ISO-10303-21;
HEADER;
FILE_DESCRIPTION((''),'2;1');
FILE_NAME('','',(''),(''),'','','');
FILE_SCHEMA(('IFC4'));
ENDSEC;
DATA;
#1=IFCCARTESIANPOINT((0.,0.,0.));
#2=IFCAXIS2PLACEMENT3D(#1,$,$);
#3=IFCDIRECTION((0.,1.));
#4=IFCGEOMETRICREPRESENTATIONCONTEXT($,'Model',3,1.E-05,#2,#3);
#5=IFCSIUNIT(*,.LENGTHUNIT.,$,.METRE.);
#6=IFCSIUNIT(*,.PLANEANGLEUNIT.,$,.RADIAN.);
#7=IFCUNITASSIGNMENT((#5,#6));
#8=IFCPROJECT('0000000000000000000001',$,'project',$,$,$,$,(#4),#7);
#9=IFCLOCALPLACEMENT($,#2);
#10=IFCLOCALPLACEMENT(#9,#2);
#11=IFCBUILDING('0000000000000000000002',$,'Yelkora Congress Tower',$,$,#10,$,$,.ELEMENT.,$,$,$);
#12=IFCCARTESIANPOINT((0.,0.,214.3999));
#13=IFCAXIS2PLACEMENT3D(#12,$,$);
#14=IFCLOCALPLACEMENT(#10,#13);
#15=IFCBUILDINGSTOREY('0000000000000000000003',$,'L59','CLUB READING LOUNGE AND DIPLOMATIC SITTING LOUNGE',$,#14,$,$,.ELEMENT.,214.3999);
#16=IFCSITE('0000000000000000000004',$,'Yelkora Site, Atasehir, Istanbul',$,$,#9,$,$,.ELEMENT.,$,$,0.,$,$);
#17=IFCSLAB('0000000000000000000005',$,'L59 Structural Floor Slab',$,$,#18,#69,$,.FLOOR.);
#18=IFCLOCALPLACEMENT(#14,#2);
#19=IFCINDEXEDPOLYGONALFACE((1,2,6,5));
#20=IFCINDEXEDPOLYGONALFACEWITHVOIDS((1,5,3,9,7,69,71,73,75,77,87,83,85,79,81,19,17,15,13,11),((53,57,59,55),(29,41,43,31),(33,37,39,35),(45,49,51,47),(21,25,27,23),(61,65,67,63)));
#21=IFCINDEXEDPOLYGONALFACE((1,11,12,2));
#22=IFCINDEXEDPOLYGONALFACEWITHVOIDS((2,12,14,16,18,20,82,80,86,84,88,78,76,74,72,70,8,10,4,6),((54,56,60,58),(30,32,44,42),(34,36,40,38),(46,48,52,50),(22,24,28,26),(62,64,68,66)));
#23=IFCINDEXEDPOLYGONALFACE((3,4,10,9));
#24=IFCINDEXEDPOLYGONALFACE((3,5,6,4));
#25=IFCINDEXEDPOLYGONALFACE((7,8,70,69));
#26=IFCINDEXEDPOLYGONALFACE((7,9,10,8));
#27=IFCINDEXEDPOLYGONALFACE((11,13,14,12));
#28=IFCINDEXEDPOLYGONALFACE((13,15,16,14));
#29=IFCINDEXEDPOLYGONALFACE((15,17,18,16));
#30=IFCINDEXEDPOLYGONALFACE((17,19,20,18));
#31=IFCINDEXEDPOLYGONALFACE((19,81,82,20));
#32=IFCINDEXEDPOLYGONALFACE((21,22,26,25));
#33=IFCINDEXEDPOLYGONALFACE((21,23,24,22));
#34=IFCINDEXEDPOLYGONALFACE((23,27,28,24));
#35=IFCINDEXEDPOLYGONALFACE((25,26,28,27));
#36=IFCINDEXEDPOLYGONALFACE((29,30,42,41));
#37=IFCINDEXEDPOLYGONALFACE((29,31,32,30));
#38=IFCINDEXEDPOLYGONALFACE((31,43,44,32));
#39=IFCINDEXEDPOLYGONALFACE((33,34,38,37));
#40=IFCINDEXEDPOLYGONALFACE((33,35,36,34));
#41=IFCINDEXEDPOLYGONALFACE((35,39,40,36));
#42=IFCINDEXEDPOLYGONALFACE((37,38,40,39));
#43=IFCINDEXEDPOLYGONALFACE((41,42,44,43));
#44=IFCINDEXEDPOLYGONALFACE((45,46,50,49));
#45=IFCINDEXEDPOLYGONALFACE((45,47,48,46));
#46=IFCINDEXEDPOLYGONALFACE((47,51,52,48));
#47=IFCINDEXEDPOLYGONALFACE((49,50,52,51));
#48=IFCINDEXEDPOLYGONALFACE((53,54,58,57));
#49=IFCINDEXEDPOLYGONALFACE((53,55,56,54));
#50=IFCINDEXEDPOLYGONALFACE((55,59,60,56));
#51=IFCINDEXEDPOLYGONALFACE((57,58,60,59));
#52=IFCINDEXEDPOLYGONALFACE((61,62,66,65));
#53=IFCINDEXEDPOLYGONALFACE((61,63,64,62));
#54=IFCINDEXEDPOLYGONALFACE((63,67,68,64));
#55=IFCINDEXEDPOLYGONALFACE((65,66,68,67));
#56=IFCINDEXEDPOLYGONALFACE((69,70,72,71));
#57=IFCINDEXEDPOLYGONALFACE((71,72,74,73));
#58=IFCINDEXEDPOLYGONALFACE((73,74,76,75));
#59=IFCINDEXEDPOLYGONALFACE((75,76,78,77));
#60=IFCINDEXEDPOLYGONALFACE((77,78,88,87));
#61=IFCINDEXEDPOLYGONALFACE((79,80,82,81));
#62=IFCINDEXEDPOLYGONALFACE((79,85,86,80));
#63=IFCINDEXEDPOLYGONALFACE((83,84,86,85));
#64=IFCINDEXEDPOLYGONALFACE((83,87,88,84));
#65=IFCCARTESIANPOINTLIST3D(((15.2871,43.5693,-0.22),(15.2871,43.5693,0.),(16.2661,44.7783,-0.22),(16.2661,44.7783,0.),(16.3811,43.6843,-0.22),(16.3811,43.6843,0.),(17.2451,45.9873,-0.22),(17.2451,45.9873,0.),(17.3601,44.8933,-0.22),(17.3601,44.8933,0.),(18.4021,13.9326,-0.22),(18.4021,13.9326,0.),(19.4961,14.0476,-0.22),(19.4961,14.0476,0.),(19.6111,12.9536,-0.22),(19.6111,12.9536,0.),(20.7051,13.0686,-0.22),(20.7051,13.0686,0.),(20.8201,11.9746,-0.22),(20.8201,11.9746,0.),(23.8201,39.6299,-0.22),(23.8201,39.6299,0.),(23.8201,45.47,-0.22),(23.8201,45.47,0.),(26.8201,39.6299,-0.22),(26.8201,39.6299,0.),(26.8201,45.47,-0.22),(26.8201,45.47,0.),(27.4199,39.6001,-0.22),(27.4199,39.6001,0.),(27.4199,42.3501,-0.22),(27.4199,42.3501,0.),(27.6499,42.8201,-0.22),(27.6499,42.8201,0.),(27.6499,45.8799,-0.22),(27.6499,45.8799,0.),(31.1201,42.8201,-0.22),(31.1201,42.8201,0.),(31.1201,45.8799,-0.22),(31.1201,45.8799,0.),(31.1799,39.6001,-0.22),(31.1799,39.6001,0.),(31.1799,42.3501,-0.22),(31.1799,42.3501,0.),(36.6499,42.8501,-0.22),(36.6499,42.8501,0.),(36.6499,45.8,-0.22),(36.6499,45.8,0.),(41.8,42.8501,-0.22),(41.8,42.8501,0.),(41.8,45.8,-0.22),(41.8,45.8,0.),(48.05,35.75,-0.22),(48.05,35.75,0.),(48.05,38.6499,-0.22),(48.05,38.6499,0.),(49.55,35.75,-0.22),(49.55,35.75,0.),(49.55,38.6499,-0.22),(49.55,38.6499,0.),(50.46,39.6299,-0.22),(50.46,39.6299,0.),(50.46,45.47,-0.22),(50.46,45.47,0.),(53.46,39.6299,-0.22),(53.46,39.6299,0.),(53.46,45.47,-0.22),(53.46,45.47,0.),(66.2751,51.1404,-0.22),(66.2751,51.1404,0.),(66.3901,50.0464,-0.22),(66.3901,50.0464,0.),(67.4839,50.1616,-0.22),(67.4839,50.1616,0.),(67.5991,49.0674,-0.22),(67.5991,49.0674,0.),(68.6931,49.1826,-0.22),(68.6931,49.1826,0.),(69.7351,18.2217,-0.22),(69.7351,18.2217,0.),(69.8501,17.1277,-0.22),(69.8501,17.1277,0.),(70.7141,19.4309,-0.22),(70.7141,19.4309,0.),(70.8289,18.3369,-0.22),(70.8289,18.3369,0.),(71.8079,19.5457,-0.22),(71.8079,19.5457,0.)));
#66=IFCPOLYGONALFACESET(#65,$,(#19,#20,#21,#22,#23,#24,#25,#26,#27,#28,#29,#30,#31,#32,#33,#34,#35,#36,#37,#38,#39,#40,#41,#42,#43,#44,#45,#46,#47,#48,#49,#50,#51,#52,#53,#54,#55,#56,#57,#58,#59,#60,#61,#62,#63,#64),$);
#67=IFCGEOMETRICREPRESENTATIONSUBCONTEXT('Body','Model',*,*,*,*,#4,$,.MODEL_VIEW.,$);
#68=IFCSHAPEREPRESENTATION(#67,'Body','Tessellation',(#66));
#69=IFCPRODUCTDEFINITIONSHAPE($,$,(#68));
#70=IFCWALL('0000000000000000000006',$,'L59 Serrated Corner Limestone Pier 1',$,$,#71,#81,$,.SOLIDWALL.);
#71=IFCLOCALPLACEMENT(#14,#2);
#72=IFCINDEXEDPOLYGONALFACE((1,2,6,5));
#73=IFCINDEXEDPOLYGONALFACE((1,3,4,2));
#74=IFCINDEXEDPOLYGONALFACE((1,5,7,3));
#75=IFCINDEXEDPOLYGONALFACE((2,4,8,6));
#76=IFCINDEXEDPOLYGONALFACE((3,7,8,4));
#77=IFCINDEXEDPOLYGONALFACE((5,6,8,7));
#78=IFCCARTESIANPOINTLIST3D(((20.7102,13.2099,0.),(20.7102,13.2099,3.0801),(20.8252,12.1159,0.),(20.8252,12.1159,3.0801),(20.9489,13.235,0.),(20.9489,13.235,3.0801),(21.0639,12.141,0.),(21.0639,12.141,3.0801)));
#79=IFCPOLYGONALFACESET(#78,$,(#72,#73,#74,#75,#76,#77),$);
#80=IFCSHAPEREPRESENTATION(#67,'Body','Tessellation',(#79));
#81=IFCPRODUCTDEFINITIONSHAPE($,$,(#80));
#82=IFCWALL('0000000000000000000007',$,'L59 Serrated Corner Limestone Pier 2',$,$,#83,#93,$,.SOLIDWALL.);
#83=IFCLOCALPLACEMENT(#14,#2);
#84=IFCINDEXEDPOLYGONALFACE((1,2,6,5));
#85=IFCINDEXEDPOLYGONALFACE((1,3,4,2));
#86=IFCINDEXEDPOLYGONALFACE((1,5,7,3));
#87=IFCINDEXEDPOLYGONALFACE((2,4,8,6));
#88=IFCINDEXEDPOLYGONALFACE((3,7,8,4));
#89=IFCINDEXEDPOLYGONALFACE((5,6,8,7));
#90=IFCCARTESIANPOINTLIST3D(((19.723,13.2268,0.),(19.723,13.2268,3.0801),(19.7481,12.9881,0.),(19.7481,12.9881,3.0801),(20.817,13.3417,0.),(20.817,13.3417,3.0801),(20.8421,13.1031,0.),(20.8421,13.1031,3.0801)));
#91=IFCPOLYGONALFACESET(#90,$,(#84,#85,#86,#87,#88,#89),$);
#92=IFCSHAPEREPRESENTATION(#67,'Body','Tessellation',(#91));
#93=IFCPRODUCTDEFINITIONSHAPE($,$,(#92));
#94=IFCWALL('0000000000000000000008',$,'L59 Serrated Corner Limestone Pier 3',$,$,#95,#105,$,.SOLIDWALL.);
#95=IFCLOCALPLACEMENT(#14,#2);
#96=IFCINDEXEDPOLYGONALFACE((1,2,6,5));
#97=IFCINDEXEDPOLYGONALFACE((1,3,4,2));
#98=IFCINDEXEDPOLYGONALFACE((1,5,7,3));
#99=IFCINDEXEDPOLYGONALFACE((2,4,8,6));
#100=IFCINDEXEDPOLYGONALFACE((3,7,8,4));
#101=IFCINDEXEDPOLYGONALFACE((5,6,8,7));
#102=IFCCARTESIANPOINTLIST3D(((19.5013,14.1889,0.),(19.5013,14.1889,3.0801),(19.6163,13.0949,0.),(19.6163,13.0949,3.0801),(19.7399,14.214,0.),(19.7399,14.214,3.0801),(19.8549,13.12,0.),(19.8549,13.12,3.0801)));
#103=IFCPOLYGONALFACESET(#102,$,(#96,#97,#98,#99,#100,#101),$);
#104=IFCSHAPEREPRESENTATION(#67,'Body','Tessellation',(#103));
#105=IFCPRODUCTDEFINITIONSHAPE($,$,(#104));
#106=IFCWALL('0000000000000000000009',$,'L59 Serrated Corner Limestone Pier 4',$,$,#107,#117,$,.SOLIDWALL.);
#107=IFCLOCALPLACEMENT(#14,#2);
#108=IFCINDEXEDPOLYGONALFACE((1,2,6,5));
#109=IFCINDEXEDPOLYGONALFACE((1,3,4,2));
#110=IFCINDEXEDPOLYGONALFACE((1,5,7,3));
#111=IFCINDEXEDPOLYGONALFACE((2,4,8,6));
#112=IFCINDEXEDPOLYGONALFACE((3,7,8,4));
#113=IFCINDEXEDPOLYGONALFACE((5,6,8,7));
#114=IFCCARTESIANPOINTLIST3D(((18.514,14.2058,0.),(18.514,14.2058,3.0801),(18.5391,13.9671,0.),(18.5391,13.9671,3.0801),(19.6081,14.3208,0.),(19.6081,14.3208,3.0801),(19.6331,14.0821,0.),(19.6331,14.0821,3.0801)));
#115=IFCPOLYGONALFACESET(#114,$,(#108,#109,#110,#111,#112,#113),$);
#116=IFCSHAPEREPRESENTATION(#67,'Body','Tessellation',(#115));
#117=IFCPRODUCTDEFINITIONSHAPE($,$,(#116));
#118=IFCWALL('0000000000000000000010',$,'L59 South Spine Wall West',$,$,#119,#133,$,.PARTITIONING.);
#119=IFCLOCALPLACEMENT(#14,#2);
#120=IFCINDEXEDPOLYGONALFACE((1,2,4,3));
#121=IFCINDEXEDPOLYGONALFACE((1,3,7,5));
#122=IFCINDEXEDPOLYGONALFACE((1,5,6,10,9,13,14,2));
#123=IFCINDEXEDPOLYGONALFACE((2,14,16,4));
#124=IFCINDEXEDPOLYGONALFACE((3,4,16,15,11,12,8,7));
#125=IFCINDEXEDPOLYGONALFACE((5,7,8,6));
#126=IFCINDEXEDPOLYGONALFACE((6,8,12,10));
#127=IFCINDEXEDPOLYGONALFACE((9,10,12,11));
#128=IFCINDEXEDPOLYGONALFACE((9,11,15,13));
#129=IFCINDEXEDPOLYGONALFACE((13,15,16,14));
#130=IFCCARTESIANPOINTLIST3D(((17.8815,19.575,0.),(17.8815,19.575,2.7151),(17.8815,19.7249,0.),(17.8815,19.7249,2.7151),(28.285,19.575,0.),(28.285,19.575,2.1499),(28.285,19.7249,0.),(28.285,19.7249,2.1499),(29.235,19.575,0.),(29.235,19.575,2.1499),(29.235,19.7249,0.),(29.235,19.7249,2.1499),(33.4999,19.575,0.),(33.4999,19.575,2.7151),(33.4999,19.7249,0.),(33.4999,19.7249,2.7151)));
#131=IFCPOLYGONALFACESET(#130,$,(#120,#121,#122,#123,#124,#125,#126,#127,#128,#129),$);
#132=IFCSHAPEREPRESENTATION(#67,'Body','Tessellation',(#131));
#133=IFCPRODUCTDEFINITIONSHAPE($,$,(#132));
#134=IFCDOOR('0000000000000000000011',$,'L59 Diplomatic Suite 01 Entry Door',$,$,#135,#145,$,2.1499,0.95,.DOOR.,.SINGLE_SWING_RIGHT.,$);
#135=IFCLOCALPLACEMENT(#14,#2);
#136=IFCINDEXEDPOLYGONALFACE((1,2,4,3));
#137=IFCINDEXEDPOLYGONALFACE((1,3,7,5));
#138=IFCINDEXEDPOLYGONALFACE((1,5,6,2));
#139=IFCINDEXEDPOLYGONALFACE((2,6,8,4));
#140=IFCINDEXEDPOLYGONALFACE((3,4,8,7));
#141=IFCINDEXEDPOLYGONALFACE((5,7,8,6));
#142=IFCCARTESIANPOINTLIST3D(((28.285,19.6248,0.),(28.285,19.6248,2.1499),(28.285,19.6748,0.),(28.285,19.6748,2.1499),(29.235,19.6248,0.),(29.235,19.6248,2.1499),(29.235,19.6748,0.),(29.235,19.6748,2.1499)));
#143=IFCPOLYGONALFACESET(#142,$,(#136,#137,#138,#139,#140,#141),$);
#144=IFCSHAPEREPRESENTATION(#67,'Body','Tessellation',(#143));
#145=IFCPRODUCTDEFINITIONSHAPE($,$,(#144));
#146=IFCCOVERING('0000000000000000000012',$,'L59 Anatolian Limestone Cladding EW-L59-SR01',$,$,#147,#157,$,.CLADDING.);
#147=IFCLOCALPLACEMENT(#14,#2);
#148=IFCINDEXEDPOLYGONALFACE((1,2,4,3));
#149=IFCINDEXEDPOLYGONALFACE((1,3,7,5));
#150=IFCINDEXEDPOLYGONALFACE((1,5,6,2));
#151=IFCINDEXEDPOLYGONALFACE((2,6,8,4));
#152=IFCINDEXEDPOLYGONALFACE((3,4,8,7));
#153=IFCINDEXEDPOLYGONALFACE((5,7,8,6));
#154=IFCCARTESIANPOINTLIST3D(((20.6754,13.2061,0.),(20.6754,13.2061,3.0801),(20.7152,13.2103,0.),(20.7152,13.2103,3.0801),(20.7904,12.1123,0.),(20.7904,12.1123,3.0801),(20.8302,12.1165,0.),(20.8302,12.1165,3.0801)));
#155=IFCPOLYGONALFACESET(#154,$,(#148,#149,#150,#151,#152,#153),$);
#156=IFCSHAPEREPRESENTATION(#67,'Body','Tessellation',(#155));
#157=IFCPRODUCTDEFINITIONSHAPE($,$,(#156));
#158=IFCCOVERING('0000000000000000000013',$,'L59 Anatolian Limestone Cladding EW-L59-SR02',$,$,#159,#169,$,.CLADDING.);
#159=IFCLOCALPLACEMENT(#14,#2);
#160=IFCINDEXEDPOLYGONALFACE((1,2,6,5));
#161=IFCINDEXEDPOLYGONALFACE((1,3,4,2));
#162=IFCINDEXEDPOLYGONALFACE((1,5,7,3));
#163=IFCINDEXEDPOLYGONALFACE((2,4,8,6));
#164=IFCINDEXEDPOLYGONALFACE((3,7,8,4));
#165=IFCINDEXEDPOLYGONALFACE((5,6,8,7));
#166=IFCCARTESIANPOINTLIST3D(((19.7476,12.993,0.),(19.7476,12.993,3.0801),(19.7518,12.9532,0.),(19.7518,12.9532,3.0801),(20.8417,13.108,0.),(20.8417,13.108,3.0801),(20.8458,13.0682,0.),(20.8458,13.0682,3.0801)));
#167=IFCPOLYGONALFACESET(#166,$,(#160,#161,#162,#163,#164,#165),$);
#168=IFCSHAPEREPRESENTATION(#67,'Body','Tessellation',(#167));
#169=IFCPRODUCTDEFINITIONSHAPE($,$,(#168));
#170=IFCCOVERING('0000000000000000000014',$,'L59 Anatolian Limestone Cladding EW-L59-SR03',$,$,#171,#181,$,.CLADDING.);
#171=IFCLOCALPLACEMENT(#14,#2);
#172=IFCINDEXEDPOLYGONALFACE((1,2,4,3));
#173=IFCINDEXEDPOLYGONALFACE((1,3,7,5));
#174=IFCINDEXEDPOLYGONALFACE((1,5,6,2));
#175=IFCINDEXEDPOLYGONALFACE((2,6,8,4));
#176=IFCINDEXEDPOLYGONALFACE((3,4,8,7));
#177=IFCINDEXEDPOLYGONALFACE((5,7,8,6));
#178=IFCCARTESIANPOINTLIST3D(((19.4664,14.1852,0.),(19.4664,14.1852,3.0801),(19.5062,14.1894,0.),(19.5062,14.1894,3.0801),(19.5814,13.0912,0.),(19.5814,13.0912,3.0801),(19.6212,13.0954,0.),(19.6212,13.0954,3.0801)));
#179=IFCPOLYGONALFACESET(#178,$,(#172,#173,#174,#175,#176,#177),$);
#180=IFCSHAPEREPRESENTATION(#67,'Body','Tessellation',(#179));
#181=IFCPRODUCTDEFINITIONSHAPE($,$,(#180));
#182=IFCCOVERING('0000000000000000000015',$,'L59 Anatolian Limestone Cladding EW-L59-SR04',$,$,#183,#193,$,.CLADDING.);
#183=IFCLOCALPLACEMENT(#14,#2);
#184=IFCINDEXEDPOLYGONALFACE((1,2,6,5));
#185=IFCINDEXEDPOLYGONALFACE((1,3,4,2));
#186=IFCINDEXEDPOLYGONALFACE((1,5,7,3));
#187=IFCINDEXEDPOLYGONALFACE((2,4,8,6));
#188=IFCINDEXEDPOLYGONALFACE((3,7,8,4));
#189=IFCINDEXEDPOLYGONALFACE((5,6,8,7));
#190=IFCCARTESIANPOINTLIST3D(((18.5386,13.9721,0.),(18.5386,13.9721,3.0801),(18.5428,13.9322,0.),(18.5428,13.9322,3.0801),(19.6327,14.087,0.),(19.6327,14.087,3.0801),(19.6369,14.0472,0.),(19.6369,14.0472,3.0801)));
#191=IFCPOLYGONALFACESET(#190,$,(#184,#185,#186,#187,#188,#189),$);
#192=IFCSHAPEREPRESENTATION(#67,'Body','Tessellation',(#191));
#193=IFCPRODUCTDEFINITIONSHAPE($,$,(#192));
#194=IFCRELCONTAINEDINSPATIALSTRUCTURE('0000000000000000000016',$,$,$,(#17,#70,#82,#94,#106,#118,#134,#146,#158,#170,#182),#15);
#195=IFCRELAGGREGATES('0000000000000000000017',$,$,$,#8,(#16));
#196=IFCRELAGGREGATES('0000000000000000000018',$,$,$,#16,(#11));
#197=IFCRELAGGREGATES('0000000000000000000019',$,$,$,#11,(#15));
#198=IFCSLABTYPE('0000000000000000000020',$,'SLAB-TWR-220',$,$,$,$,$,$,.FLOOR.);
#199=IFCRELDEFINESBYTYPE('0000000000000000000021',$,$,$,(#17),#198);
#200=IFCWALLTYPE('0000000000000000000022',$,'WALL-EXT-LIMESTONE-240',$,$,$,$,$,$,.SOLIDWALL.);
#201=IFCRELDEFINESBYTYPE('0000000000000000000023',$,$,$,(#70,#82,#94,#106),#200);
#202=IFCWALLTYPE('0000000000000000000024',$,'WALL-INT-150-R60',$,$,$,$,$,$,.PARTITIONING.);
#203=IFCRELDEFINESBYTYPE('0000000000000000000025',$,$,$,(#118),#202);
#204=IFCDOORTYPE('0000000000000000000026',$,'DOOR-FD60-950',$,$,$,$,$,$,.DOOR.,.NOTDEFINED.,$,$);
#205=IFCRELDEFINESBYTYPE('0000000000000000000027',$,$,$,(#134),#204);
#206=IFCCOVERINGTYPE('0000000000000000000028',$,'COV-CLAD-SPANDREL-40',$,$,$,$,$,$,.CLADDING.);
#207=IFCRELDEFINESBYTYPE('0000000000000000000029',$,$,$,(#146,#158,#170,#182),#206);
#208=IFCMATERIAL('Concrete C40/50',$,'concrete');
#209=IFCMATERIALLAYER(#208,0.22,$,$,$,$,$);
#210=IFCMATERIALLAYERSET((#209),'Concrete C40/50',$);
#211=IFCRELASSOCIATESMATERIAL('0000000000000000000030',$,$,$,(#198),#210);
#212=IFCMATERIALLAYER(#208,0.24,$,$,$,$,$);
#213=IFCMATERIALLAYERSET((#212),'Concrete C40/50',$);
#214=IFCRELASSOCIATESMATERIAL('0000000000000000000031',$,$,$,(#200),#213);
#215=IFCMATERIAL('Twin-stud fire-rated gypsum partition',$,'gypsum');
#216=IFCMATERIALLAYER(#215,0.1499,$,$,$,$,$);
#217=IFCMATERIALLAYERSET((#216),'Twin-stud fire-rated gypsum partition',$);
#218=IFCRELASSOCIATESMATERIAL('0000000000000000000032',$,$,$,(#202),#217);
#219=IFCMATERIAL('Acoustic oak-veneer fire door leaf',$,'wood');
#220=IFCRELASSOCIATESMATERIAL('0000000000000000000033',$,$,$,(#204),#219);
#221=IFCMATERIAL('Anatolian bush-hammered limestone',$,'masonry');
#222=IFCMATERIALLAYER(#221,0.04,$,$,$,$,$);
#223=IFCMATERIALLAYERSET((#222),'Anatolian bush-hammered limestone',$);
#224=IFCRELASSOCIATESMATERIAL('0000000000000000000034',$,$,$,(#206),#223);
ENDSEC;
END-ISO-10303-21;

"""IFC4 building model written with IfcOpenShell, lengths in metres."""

from ifc_helpers import new_model, si_unit, direction, frame, frame_2d, origin, place, context, subcontext, project, spatial, polyline, rectangle, outline, extrude, material, layer, layer_set, type_object, element, fill, save


model = new_model("IFC4")

# Units and contexts
model_context = context("Model", 3, precision=1e-05, world=origin(), true_north=direction((0.0, 1.0)))
body_context = subcontext(model_context, "Body", "Model", "MODEL_VIEW")
ifc_project = project(units=[si_unit("LENGTHUNIT", "METRE"), si_unit("PLANEANGLEUNIT", "RADIAN")], contexts=[model_context])

# Site, building, storey
site_placement = place(None, origin())
site = spatial("IfcSite", under=ifc_project, at=site_placement, Name="Yelkora Site, Atasehir, Istanbul", CompositionType="ELEMENT", RefElevation=0.0)
building_placement = place(site_placement, origin())
building = spatial("IfcBuilding", under=site, at=building_placement, Name="Yelkora Congress Tower", CompositionType="ELEMENT")
storey_placement = place(building_placement, frame((0.0, 0.0, 214.3999)))
storey = spatial("IfcBuildingStorey", under=building, at=storey_placement, Name="L59", Description="CLUB READING LOUNGE AND DIPLOMATIC SITTING LOUNGE", CompositionType="ELEMENT", Elevation=214.3999)

# Shared definitions
ifc_material_1 = material(Name="Concrete C40/50", Category="concrete")

# Slab
ifc_layer_1 = layer(ifc_material_1, 0.22)
ifc_layer_set_1 = layer_set([ifc_layer_1], Name="Concrete C40/50")
slab_type_1 = type_object("IfcSlabType", Name="SLAB-TWR-220", PredefinedType="FLOOR", material=ifc_layer_set_1)
slab_1_placement = place(storey_placement, frame((0.0, 0.0, -0.22)))
element("IfcSlab", 1, at=slab_1_placement, inside=storey, type_object=slab_type_1, Name="L59 Structural Floor Slab", PredefinedType="FLOOR", context=body_context, shape_type="SweptSolid", body=[
    extrude(outline(polyline([(20.8201, 11.9746), (69.8501, 17.1277), (69.7351, 18.2217), (70.8289, 18.3369), (70.7141, 19.4309), (71.8079, 19.5457), (68.6931, 49.1826), (67.5991, 49.0674), (67.4839, 50.1616), (66.3901, 50.0464), (66.2751, 51.1404), (17.2451, 45.9873), (17.3601, 44.8933), (16.2661, 44.7783), (16.3811, 43.6843), (15.2871, 43.5693), (18.4021, 13.9326), (19.4961, 14.0476), (19.6111, 12.9536), (20.7051, 13.0686), (20.8201, 11.9746)]), holes=[polyline([(23.8201, 39.6299), (26.8201, 39.6299), (26.8201, 45.47), (23.8201, 45.47), (23.8201, 39.6299)]), polyline([(50.46, 39.6299), (53.46, 39.6299), (53.46, 45.47), (50.46, 45.47), (50.46, 39.6299)]), polyline([(48.05, 35.75), (49.55, 35.75), (49.55, 38.6499), (48.05, 38.6499), (48.05, 35.75)]), polyline([(36.6499, 42.8501), (41.8, 42.8501), (41.8, 45.8), (36.6499, 45.8), (36.6499, 42.8501)]), polyline([(27.4199, 39.6001), (31.1799, 39.6001), (31.1799, 42.3501), (27.4199, 42.3501), (27.4199, 39.6001)]), polyline([(27.6499, 42.8201), (31.1201, 42.8201), (31.1201, 45.8799), (27.6499, 45.8799), (27.6499, 42.8201)])]), origin(), (0.0, 0.0, 1.0), 0.22),
])

# Walls
ifc_layer_2 = layer(ifc_material_1, 0.24)
ifc_layer_set_2 = layer_set([ifc_layer_2], Name="Concrete C40/50")
wall_type_1 = type_object("IfcWallType", Name="WALL-EXT-LIMESTONE-240", PredefinedType="SOLIDWALL", material=ifc_layer_set_2)
for number, where, z_axis, x_axis, name in (
    (2, (20.9446, 12.1284, 0.0), (0.0, 0.0, 1.0), (-0.104535, 0.994521, 0.0), "L59 Serrated Corner Limestone Pier 1"),
    (3, (20.8296, 13.2224, 0.0), (0.0, 0.0, 1.0), (-0.994521, -0.104535, 0.0), "L59 Serrated Corner Limestone Pier 2"),
    (4, (19.7356, 13.1074, 0.0), (0.0, 0.0, 1.0), (-0.104535, 0.994521, 0.0), "L59 Serrated Corner Limestone Pier 3"),
    (5, (19.6206, 14.2014, 0.0), (0.0, 0.0, 1.0), (-0.994521, -0.104535, 0.0), "L59 Serrated Corner Limestone Pier 4"),
):
    element("IfcWall", number, at=place(storey_placement, frame(where, z_axis=z_axis, x_axis=x_axis)), inside=storey, type_object=wall_type_1, Name=name, PredefinedType="SOLIDWALL", context=body_context, shape_type="SweptSolid", body=[
        extrude(rectangle(XDim=1.1001, YDim=0.24, at=frame_2d((0.55, 0.0))), origin(), (0.0, 0.0, 1.0), 3.0801),
    ])

# Wall, opening, door
ifc_material_2 = material(Name="Twin-stud fire-rated gypsum partition", Category="gypsum")
ifc_layer_3 = layer(ifc_material_2, 0.1499)
ifc_layer_set_3 = layer_set([ifc_layer_3], Name="Twin-stud fire-rated gypsum partition")
wall_type_2 = type_object("IfcWallType", Name="WALL-INT-150-R60", PredefinedType="PARTITIONING", material=ifc_layer_set_3)
wall_placement = place(storey_placement, frame((17.8816, 19.6499, 0.0), z_axis=(0.0, 0.0, 1.0), x_axis=(1.0, 0.0, 0.0)))
wall = element("IfcWall", 6, at=wall_placement, inside=storey, type_object=wall_type_2, Name="L59 South Spine Wall West", PredefinedType="PARTITIONING", context=body_context, shape_type="SweptSolid", body=[
    extrude(rectangle(XDim=15.6184, YDim=0.1499, at=frame_2d((7.8091, 0.0))), origin(), (0.0, 0.0, 1.0), 2.7151),
])
opening_placement = place(wall_placement, frame((10.4033, 0.0, 0.0)))
opening = element("IfcOpeningElement", 7, at=opening_placement, cuts=wall, PredefinedType="OPENING", context=body_context, shape_type="SweptSolid", body=[
    extrude(rectangle(XDim=0.95, YDim=2.1499, at=frame_2d((0.4751, 1.075))), frame((0.0, 0.085, 0.0), z_axis=(0.0, -1.0, 0.0), x_axis=(1.0, 0.0, 0.0)), (0.0, 0.0, 1.0), 0.1699),
])
ifc_material_3 = material(Name="Acoustic oak-veneer fire door leaf", Category="wood")
door_type = type_object("IfcDoorType", Name="DOOR-FD60-950", OperationType="NOTDEFINED", PredefinedType="DOOR", material=ifc_material_3)
door_placement = place(opening_placement, origin())
door = element("IfcDoor", 8, at=door_placement, inside=storey, type_object=door_type, Name="L59 Diplomatic Suite 01 Entry Door", OperationType="SINGLE_SWING_RIGHT", OverallHeight=2.1499, OverallWidth=0.95, PredefinedType="DOOR", context=body_context, shape_type="SweptSolid", body=[
    extrude(rectangle(XDim=0.95, YDim=2.1499, at=frame_2d((0.4751, 1.075))), frame((0.0, 0.0249, 0.0), z_axis=(0.0, -1.0, 0.0), x_axis=(1.0, 0.0, 0.0)), (0.0, 0.0, 1.0), 0.05),
])
fill(opening, door)

# Coverings
ifc_material_4 = material(Name="Anatolian bush-hammered limestone", Category="masonry")
ifc_layer_4 = layer(ifc_material_4, 0.04)
ifc_layer_set_4 = layer_set([ifc_layer_4], Name="Anatolian bush-hammered limestone")
covering_type = type_object("IfcCoveringType", Name="COV-CLAD-SPANDREL-40", PredefinedType="CLADDING", material=ifc_layer_set_4)
covering_placement = place(storey_placement, frame((20.8103, 12.1145, 0.0), z_axis=(0.0, 0.0, 1.0), x_axis=(-0.104558, 0.994519, 0.0)))
element("IfcCovering", 9, at=covering_placement, inside=storey, type_object=covering_type, Name="L59 Anatolian Limestone Cladding EW-L59-SR01", PredefinedType="CLADDING", context=body_context, shape_type="SweptSolid", body=[
    extrude(rectangle(XDim=1.0999, YDim=0.04, at=frame_2d((0.5498, 0.0))), origin(), (0.0, 0.0, 1.0), 3.0801),
])
for number, where, z_axis, x_axis, name in (
    (10, (20.8438, 13.0881, 0.0), (0.0, 0.0, 1.0), (-0.994521, -0.104535, 0.0), "L59 Anatolian Limestone Cladding EW-L59-SR02"),
    (11, (19.6013, 13.0933, 0.0), (0.0, 0.0, 1.0), (-0.104535, 0.994521, 0.0), "L59 Anatolian Limestone Cladding EW-L59-SR03"),
    (12, (19.6348, 14.0671, 0.0), (0.0, 0.0, 1.0), (-0.994521, -0.104535, 0.0), "L59 Anatolian Limestone Cladding EW-L59-SR04"),
):
    element("IfcCovering", number, at=place(storey_placement, frame(where, z_axis=z_axis, x_axis=x_axis)), inside=storey, type_object=covering_type, Name=name, PredefinedType="CLADDING", context=body_context, shape_type="SweptSolid", body=[
        extrude(rectangle(XDim=1.1001, YDim=0.04, at=frame_2d((0.55, 0.0))), origin(), (0.0, 0.0, 1.0), 3.0801),
    ])

save(model, "model.ifc")
